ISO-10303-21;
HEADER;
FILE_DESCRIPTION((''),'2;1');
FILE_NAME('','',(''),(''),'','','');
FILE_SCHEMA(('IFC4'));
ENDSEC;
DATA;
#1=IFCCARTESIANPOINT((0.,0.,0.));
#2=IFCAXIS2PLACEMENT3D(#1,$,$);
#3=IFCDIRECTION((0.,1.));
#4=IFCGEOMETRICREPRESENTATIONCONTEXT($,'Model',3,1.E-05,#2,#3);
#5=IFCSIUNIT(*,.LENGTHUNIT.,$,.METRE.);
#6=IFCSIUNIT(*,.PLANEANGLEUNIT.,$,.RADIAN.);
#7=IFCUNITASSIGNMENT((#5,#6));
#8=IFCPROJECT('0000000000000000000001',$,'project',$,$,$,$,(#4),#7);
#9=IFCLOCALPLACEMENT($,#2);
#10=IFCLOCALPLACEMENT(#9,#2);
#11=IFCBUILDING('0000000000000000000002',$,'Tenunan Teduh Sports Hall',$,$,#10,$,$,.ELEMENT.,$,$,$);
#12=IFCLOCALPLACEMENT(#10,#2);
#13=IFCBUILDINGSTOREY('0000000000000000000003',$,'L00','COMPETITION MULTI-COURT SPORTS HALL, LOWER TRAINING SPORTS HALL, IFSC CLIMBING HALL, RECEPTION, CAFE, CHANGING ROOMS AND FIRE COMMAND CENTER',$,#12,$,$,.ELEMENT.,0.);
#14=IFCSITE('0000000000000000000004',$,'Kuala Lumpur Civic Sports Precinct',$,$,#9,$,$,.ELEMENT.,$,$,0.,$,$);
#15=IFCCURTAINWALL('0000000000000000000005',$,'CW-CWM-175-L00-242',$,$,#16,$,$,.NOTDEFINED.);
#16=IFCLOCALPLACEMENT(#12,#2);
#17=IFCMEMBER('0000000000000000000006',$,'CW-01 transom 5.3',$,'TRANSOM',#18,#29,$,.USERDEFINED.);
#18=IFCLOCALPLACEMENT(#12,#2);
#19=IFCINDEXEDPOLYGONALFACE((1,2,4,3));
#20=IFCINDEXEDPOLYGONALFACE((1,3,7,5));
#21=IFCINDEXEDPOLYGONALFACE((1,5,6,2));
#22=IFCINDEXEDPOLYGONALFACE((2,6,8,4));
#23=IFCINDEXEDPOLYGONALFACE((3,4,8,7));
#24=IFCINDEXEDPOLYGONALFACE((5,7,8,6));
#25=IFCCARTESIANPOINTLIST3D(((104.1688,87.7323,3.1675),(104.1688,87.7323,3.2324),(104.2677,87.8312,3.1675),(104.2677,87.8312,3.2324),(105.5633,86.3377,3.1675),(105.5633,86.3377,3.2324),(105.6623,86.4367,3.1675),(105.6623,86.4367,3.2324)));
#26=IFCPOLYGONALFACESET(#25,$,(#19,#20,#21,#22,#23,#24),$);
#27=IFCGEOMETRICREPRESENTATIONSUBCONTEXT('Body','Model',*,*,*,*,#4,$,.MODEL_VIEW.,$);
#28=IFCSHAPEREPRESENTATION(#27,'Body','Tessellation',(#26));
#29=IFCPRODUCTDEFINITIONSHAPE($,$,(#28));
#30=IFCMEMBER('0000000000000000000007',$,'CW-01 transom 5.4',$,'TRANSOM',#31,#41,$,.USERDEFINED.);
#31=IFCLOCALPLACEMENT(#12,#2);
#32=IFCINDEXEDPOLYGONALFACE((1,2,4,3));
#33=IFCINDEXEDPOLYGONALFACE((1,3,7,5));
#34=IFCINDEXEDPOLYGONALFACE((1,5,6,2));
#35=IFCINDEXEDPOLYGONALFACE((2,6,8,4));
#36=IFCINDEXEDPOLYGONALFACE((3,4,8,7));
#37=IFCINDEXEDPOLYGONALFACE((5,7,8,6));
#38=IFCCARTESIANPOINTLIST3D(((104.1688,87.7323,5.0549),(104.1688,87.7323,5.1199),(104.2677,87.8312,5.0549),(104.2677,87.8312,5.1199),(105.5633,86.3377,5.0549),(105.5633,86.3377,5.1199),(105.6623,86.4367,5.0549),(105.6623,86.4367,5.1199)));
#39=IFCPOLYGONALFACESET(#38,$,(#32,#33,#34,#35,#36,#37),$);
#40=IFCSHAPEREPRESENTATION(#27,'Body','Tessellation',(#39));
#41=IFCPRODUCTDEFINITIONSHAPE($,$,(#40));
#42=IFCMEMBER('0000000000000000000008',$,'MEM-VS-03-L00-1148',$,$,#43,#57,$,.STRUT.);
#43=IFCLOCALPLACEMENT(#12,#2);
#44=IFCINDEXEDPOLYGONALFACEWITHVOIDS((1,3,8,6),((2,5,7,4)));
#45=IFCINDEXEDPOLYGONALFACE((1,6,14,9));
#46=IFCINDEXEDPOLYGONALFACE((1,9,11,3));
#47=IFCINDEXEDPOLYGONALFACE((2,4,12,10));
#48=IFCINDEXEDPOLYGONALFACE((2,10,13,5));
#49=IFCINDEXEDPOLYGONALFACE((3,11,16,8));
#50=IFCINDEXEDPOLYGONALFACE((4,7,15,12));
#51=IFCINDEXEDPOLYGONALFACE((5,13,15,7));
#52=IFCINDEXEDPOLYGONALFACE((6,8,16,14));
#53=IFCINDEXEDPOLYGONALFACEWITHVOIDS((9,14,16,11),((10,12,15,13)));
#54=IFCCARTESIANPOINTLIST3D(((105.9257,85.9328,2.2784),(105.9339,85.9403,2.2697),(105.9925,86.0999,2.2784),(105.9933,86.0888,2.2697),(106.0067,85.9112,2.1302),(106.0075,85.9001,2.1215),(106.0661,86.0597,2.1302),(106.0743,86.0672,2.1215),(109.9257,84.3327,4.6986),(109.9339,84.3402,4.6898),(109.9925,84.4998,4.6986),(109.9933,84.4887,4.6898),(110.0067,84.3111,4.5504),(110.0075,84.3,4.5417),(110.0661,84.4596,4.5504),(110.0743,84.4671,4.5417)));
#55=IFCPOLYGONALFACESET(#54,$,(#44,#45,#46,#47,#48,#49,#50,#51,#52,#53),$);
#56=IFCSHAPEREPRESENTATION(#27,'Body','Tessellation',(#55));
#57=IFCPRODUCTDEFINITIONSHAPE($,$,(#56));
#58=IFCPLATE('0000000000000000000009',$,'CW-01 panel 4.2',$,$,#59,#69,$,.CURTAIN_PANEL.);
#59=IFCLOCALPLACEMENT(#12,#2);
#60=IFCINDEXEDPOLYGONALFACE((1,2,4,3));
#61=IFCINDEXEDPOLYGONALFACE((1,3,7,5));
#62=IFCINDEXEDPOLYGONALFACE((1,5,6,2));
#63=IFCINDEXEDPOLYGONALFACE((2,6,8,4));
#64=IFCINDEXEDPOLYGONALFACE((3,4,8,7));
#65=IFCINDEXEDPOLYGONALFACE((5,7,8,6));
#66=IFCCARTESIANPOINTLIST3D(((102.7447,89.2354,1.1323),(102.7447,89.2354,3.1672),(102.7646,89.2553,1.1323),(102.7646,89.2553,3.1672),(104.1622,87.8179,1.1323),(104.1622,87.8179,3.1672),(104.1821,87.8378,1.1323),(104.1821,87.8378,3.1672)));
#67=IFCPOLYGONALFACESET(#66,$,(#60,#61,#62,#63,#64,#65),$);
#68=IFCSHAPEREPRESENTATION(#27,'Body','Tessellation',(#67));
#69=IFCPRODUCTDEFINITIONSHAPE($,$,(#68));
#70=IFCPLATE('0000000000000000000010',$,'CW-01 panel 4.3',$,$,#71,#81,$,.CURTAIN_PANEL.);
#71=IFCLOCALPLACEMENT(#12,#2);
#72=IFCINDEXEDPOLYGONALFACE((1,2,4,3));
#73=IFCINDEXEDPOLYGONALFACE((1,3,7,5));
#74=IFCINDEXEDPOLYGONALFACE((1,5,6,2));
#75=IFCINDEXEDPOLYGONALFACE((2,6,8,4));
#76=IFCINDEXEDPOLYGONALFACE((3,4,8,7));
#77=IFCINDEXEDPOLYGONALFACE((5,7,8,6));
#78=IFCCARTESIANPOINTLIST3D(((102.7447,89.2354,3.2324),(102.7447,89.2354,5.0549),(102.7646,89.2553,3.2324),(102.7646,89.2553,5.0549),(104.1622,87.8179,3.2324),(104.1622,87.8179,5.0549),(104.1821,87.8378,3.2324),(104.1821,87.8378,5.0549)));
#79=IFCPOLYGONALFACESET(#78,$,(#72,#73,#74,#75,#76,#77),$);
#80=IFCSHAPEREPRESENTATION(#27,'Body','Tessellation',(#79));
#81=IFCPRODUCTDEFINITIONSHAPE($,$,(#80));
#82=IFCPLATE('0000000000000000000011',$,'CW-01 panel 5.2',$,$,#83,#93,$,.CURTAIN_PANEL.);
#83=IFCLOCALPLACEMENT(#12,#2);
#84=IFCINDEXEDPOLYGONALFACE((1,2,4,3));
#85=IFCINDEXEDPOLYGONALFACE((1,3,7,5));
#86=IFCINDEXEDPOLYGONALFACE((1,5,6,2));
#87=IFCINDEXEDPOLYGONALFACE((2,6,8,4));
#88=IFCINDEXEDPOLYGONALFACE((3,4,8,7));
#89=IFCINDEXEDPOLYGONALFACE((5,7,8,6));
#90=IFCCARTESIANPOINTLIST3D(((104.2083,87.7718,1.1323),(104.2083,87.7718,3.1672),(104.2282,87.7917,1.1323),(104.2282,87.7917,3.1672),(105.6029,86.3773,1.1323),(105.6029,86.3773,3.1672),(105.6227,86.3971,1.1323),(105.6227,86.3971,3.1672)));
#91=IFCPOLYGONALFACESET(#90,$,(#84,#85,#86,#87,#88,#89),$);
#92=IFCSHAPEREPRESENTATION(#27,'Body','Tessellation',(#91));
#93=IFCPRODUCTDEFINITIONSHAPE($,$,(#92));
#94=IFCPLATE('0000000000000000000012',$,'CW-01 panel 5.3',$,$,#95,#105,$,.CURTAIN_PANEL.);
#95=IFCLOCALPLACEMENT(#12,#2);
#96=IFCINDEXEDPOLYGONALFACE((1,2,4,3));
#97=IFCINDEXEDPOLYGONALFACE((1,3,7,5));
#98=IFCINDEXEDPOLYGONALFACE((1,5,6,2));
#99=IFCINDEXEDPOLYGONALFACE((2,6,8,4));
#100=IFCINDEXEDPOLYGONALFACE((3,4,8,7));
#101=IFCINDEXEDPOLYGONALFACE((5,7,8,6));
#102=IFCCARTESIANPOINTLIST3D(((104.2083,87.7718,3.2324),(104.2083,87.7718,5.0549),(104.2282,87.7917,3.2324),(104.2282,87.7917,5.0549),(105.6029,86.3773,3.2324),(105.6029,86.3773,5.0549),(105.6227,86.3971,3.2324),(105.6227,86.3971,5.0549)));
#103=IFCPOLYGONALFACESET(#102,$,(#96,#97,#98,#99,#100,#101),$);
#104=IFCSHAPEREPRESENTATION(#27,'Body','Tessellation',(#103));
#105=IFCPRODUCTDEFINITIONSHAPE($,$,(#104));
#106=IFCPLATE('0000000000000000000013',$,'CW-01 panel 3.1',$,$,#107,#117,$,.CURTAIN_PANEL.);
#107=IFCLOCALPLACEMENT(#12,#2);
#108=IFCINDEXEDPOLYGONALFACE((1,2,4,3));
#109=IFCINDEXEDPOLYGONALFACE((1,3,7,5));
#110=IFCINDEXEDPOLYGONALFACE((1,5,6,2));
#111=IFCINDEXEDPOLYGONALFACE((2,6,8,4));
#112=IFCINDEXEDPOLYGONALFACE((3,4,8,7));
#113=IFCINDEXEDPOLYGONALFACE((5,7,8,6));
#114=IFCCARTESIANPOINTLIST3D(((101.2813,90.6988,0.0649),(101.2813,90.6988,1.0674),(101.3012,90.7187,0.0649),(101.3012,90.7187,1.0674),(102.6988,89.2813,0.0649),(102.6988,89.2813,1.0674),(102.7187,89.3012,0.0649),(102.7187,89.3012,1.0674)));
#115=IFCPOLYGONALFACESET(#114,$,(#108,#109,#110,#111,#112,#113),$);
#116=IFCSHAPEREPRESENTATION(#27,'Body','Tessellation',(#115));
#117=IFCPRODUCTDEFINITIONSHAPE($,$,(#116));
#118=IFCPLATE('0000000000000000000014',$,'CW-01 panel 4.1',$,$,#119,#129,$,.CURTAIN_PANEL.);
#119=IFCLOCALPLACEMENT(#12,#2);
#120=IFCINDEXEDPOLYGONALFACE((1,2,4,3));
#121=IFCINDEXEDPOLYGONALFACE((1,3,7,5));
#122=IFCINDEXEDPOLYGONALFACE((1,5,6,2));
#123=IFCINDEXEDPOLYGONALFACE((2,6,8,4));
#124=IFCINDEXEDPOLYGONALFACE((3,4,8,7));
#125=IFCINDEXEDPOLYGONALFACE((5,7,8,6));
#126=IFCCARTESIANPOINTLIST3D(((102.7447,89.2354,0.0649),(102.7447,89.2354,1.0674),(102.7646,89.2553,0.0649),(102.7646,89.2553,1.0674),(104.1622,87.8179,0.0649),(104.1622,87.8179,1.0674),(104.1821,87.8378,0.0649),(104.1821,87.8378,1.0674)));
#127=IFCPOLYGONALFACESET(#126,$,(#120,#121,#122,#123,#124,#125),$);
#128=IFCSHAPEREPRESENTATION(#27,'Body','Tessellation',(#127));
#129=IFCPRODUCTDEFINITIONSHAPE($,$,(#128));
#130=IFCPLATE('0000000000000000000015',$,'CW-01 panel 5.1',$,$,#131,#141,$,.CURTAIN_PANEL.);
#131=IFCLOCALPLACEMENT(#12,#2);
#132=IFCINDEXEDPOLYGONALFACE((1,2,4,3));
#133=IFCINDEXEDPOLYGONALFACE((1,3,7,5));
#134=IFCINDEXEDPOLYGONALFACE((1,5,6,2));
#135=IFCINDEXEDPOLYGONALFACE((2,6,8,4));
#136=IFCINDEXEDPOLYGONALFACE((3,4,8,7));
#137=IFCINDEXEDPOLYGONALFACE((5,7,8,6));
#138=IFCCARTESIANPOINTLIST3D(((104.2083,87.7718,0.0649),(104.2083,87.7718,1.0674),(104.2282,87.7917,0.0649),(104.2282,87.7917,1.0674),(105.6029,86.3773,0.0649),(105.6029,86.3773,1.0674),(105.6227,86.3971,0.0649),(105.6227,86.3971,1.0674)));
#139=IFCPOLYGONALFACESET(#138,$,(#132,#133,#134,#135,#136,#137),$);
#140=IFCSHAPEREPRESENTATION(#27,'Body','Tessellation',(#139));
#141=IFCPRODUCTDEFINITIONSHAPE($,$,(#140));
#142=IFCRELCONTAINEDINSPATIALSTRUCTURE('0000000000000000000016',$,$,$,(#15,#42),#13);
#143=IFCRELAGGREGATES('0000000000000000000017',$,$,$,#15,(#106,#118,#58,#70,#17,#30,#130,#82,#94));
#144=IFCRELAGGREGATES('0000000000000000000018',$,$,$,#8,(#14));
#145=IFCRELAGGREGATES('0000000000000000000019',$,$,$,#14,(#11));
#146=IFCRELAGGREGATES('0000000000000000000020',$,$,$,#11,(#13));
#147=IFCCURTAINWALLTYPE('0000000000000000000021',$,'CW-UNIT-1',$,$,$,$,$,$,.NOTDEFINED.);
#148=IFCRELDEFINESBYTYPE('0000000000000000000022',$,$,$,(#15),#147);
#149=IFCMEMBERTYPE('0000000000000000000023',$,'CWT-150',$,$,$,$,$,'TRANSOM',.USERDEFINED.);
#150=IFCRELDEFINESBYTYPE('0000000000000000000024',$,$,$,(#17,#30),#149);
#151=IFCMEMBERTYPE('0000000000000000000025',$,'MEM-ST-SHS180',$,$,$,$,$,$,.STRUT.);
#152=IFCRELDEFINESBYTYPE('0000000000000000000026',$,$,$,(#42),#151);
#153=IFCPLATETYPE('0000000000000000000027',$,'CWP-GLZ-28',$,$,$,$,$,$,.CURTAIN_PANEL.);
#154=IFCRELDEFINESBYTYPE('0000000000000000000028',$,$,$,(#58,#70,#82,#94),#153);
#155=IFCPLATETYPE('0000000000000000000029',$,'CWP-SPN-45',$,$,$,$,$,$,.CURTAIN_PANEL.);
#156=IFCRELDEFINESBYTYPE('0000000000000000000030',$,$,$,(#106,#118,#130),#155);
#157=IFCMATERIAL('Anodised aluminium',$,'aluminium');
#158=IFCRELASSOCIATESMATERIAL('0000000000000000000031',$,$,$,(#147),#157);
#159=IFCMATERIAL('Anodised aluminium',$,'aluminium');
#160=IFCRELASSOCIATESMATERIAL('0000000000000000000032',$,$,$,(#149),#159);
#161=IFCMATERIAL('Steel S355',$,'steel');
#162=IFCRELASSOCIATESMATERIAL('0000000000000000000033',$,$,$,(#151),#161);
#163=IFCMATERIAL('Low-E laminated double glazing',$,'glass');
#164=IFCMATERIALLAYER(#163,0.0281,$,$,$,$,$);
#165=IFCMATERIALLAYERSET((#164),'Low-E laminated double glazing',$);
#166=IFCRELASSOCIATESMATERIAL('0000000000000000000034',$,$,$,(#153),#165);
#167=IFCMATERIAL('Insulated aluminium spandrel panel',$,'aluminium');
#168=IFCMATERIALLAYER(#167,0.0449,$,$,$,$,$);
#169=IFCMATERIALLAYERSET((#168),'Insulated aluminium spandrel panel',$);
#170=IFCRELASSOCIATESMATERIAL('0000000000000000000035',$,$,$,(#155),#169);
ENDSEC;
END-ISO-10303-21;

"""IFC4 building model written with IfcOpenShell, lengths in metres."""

from ifc_helpers import new_model, si_unit, direction, frame, origin, origin_2d, place, context, subcontext, project, spatial, rectangle, hollow_rectangle, extrude, material, layer, layer_set, material_profile, profile_set, type_object, element, aggregate, save


model = new_model("IFC4")

# Units and contexts
model_context = context("Model", 3, precision=1e-05, world=origin(), true_north=direction((0.0, 1.0)))
body_context = subcontext(model_context, "Body", "Model", "MODEL_VIEW")
ifc_project = project(units=[si_unit("LENGTHUNIT", "METRE"), si_unit("PLANEANGLEUNIT", "RADIAN")], contexts=[model_context])

# Site, building, storey
site_placement = place(None, origin())
site = spatial("IfcSite", under=ifc_project, at=site_placement, Name="Kuala Lumpur Civic Sports Precinct", CompositionType="ELEMENT", RefElevation=0.0)
building_placement = place(site_placement, origin())
building = spatial("IfcBuilding", under=site, at=building_placement, Name="Tenunan Teduh Sports Hall", CompositionType="ELEMENT")
storey_placement = place(building_placement, origin())
storey = spatial("IfcBuildingStorey", under=building, at=storey_placement, Name="L00", Description="COMPETITION MULTI-COURT SPORTS HALL, LOWER TRAINING SPORTS HALL, IFSC CLIMBING HALL, RECEPTION, CAFE, CHANGING ROOMS AND FIRE COMMAND CENTER", CompositionType="ELEMENT", Elevation=0.0)

# Curtain wall, members
ifc_material_1 = material(Name="Anodised aluminium", Category="aluminium")
curtain_wall_type = type_object("IfcCurtainWallType", Name="CW-UNIT-1", PredefinedType="NOTDEFINED", material=ifc_material_1)
curtain_wall_placement = place(storey_placement, origin())
curtain_wall = element("IfcCurtainWall", 1, at=curtain_wall_placement, inside=storey, type_object=curtain_wall_type, Name="CW-CWM-175-L00-242", PredefinedType="NOTDEFINED")
ifc_material_2 = material(Name="Anodised aluminium", Category="aluminium")
ifc_material_profile_1 = material_profile(ifc_material_2, rectangle(XDim=0.0649, YDim=0.1399, at=origin_2d()), Name="CWT 65x140")
ifc_profile_set_1 = profile_set([ifc_material_profile_1], Name="Anodised aluminium")
member_type_1 = type_object("IfcMemberType", Name="CWT-150", ElementType="TRANSOM", PredefinedType="USERDEFINED", material=ifc_profile_set_1)
member_1_placement = place(storey_placement, frame((104.2183, 87.7817, 3.2), z_axis=(0.707107, -0.707107, 0.0), x_axis=(0.0, 0.0, 1.0)))
member_1 = element("IfcMember", 2, at=member_1_placement, type_object=member_type_1, Name="CW-01 transom 5.3", ObjectType="TRANSOM", PredefinedType="USERDEFINED", context=body_context, shape_type="SweptSolid", body=[
    extrude(rectangle(XDim=0.0649, YDim=0.1399, at=origin_2d()), origin(), (0.0, 0.0, 1.0), 1.9722),
])
member_2_placement = place(storey_placement, frame((104.2183, 87.7817, 5.0874), z_axis=(0.707107, -0.707107, 0.0), x_axis=(0.0, 0.0, 1.0)))
member_2 = element("IfcMember", 3, at=member_2_placement, type_object=member_type_1, Name="CW-01 transom 5.4", ObjectType="TRANSOM", PredefinedType="USERDEFINED", context=body_context, shape_type="SweptSolid", body=[
    extrude(rectangle(XDim=0.0649, YDim=0.1399, at=origin_2d()), origin(), (0.0, 0.0, 1.0), 1.9722),
])

# Member
ifc_material_3 = material(Name="Steel S355", Category="steel")
ifc_material_profile_2 = material_profile(ifc_material_3, hollow_rectangle(XDim=0.1799, YDim=0.1799, WallThickness=0.01, at=origin_2d()), Name="SHS 180x180x10.0")
ifc_profile_set_2 = profile_set([ifc_material_profile_2], Name="Steel S355")
member_type_2 = type_object("IfcMemberType", Name="MEM-ST-SHS180", PredefinedType="STRUT", material=ifc_profile_set_2)
member_3_placement = place(storey_placement, frame((106.0, 86.0, 2.2), z_axis=(0.809486, -0.323814, 0.489773), x_axis=(0.37141, 0.928469, 0.0)))
element("IfcMember", 4, at=member_3_placement, inside=storey, type_object=member_type_2, Name="MEM-VS-03-L00-1148", PredefinedType="STRUT", context=body_context, shape_type="SweptSolid", body=[
    extrude(hollow_rectangle(XDim=0.1799, YDim=0.1799, WallThickness=0.01, at=origin_2d()), origin(), (0.0, 0.0, 1.0), 4.9414),
])

# Plates
ifc_material_4 = material(Name="Low-E laminated double glazing", Category="glass")
ifc_layer_1 = layer(ifc_material_4, 0.0281)
ifc_layer_set_1 = layer_set([ifc_layer_1], Name="Low-E laminated double glazing")
plate_type_1 = type_object("IfcPlateType", Name="CWP-GLZ-28", PredefinedType="CURTAIN_PANEL", material=ifc_layer_set_1)
plate_1_placement = place(storey_placement, frame((103.4634, 88.5366, 1.1323), z_axis=(0.0, 0.0, 1.0), x_axis=(0.707107, -0.707107, 0.0)))
plate_1 = element("IfcPlate", 5, at=plate_1_placement, type_object=plate_type_1, Name="CW-01 panel 4.2", PredefinedType="CURTAIN_PANEL", context=body_context, shape_type="SweptSolid", body=[
    extrude(rectangle(XDim=2.0046, YDim=0.0281, at=origin_2d()), origin(), (0.0, 0.0, 1.0), 2.0349),
])
plate_2_placement = place(storey_placement, frame((103.4634, 88.5366, 3.2324), z_axis=(0.0, 0.0, 1.0), x_axis=(0.707107, -0.707107, 0.0)))
plate_2 = element("IfcPlate", 6, at=plate_2_placement, type_object=plate_type_1, Name="CW-01 panel 4.3", PredefinedType="CURTAIN_PANEL", context=body_context, shape_type="SweptSolid", body=[
    extrude(rectangle(XDim=2.0046, YDim=0.0281, at=origin_2d()), origin(), (0.0, 0.0, 1.0), 1.8225),
])
plate_3_placement = place(storey_placement, frame((104.9155, 87.0845, 1.1323), z_axis=(0.0, 0.0, 1.0), x_axis=(0.707107, -0.707107, 0.0)))
plate_3 = element("IfcPlate", 7, at=plate_3_placement, type_object=plate_type_1, Name="CW-01 panel 5.2", PredefinedType="CURTAIN_PANEL", context=body_context, shape_type="SweptSolid", body=[
    extrude(rectangle(XDim=1.9722, YDim=0.0281, at=origin_2d()), origin(), (0.0, 0.0, 1.0), 2.0349),
])
plate_4_placement = place(storey_placement, frame((104.9155, 87.0845, 3.2324), z_axis=(0.0, 0.0, 1.0), x_axis=(0.707107, -0.707107, 0.0)))
plate_4 = element("IfcPlate", 8, at=plate_4_placement, type_object=plate_type_1, Name="CW-01 panel 5.3", PredefinedType="CURTAIN_PANEL", context=body_context, shape_type="SweptSolid", body=[
    extrude(rectangle(XDim=1.9722, YDim=0.0281, at=origin_2d()), origin(), (0.0, 0.0, 1.0), 1.8225),
])
ifc_material_5 = material(Name="Insulated aluminium spandrel panel", Category="aluminium")
ifc_layer_2 = layer(ifc_material_5, 0.0449)
ifc_layer_set_2 = layer_set([ifc_layer_2], Name="Insulated aluminium spandrel panel")
plate_type_2 = type_object("IfcPlateType", Name="CWP-SPN-45", PredefinedType="CURTAIN_PANEL", material=ifc_layer_set_2)
plate_5_placement = place(storey_placement, frame((102.0, 90.0, 0.0649), z_axis=(0.0, 0.0, 1.0), x_axis=(0.707107, -0.707107, 0.0)))
plate_5 = element("IfcPlate", 9, at=plate_5_placement, type_object=plate_type_2, Name="CW-01 panel 3.1", PredefinedType="CURTAIN_PANEL", context=body_context, shape_type="SweptSolid", body=[
    extrude(rectangle(XDim=2.0046, YDim=0.0281, at=origin_2d()), origin(), (0.0, 0.0, 1.0), 1.0024),
])
plate_6_placement = place(storey_placement, frame((103.4634, 88.5366, 0.0649), z_axis=(0.0, 0.0, 1.0), x_axis=(0.707107, -0.707107, 0.0)))
plate_6 = element("IfcPlate", 10, at=plate_6_placement, type_object=plate_type_2, Name="CW-01 panel 4.1", PredefinedType="CURTAIN_PANEL", context=body_context, shape_type="SweptSolid", body=[
    extrude(rectangle(XDim=2.0046, YDim=0.0281, at=origin_2d()), origin(), (0.0, 0.0, 1.0), 1.0024),
])
plate_7_placement = place(storey_placement, frame((104.9155, 87.0845, 0.0649), z_axis=(0.0, 0.0, 1.0), x_axis=(0.707107, -0.707107, 0.0)))
plate_7 = element("IfcPlate", 11, at=plate_7_placement, type_object=plate_type_2, Name="CW-01 panel 5.1", PredefinedType="CURTAIN_PANEL", context=body_context, shape_type="SweptSolid", body=[
    extrude(rectangle(XDim=1.9722, YDim=0.0281, at=origin_2d()), origin(), (0.0, 0.0, 1.0), 1.0024),
])
aggregate(curtain_wall, [plate_5, plate_6, plate_1, plate_2, member_1, member_2, plate_7, plate_3, plate_4])

save(model, "model.ifc")
